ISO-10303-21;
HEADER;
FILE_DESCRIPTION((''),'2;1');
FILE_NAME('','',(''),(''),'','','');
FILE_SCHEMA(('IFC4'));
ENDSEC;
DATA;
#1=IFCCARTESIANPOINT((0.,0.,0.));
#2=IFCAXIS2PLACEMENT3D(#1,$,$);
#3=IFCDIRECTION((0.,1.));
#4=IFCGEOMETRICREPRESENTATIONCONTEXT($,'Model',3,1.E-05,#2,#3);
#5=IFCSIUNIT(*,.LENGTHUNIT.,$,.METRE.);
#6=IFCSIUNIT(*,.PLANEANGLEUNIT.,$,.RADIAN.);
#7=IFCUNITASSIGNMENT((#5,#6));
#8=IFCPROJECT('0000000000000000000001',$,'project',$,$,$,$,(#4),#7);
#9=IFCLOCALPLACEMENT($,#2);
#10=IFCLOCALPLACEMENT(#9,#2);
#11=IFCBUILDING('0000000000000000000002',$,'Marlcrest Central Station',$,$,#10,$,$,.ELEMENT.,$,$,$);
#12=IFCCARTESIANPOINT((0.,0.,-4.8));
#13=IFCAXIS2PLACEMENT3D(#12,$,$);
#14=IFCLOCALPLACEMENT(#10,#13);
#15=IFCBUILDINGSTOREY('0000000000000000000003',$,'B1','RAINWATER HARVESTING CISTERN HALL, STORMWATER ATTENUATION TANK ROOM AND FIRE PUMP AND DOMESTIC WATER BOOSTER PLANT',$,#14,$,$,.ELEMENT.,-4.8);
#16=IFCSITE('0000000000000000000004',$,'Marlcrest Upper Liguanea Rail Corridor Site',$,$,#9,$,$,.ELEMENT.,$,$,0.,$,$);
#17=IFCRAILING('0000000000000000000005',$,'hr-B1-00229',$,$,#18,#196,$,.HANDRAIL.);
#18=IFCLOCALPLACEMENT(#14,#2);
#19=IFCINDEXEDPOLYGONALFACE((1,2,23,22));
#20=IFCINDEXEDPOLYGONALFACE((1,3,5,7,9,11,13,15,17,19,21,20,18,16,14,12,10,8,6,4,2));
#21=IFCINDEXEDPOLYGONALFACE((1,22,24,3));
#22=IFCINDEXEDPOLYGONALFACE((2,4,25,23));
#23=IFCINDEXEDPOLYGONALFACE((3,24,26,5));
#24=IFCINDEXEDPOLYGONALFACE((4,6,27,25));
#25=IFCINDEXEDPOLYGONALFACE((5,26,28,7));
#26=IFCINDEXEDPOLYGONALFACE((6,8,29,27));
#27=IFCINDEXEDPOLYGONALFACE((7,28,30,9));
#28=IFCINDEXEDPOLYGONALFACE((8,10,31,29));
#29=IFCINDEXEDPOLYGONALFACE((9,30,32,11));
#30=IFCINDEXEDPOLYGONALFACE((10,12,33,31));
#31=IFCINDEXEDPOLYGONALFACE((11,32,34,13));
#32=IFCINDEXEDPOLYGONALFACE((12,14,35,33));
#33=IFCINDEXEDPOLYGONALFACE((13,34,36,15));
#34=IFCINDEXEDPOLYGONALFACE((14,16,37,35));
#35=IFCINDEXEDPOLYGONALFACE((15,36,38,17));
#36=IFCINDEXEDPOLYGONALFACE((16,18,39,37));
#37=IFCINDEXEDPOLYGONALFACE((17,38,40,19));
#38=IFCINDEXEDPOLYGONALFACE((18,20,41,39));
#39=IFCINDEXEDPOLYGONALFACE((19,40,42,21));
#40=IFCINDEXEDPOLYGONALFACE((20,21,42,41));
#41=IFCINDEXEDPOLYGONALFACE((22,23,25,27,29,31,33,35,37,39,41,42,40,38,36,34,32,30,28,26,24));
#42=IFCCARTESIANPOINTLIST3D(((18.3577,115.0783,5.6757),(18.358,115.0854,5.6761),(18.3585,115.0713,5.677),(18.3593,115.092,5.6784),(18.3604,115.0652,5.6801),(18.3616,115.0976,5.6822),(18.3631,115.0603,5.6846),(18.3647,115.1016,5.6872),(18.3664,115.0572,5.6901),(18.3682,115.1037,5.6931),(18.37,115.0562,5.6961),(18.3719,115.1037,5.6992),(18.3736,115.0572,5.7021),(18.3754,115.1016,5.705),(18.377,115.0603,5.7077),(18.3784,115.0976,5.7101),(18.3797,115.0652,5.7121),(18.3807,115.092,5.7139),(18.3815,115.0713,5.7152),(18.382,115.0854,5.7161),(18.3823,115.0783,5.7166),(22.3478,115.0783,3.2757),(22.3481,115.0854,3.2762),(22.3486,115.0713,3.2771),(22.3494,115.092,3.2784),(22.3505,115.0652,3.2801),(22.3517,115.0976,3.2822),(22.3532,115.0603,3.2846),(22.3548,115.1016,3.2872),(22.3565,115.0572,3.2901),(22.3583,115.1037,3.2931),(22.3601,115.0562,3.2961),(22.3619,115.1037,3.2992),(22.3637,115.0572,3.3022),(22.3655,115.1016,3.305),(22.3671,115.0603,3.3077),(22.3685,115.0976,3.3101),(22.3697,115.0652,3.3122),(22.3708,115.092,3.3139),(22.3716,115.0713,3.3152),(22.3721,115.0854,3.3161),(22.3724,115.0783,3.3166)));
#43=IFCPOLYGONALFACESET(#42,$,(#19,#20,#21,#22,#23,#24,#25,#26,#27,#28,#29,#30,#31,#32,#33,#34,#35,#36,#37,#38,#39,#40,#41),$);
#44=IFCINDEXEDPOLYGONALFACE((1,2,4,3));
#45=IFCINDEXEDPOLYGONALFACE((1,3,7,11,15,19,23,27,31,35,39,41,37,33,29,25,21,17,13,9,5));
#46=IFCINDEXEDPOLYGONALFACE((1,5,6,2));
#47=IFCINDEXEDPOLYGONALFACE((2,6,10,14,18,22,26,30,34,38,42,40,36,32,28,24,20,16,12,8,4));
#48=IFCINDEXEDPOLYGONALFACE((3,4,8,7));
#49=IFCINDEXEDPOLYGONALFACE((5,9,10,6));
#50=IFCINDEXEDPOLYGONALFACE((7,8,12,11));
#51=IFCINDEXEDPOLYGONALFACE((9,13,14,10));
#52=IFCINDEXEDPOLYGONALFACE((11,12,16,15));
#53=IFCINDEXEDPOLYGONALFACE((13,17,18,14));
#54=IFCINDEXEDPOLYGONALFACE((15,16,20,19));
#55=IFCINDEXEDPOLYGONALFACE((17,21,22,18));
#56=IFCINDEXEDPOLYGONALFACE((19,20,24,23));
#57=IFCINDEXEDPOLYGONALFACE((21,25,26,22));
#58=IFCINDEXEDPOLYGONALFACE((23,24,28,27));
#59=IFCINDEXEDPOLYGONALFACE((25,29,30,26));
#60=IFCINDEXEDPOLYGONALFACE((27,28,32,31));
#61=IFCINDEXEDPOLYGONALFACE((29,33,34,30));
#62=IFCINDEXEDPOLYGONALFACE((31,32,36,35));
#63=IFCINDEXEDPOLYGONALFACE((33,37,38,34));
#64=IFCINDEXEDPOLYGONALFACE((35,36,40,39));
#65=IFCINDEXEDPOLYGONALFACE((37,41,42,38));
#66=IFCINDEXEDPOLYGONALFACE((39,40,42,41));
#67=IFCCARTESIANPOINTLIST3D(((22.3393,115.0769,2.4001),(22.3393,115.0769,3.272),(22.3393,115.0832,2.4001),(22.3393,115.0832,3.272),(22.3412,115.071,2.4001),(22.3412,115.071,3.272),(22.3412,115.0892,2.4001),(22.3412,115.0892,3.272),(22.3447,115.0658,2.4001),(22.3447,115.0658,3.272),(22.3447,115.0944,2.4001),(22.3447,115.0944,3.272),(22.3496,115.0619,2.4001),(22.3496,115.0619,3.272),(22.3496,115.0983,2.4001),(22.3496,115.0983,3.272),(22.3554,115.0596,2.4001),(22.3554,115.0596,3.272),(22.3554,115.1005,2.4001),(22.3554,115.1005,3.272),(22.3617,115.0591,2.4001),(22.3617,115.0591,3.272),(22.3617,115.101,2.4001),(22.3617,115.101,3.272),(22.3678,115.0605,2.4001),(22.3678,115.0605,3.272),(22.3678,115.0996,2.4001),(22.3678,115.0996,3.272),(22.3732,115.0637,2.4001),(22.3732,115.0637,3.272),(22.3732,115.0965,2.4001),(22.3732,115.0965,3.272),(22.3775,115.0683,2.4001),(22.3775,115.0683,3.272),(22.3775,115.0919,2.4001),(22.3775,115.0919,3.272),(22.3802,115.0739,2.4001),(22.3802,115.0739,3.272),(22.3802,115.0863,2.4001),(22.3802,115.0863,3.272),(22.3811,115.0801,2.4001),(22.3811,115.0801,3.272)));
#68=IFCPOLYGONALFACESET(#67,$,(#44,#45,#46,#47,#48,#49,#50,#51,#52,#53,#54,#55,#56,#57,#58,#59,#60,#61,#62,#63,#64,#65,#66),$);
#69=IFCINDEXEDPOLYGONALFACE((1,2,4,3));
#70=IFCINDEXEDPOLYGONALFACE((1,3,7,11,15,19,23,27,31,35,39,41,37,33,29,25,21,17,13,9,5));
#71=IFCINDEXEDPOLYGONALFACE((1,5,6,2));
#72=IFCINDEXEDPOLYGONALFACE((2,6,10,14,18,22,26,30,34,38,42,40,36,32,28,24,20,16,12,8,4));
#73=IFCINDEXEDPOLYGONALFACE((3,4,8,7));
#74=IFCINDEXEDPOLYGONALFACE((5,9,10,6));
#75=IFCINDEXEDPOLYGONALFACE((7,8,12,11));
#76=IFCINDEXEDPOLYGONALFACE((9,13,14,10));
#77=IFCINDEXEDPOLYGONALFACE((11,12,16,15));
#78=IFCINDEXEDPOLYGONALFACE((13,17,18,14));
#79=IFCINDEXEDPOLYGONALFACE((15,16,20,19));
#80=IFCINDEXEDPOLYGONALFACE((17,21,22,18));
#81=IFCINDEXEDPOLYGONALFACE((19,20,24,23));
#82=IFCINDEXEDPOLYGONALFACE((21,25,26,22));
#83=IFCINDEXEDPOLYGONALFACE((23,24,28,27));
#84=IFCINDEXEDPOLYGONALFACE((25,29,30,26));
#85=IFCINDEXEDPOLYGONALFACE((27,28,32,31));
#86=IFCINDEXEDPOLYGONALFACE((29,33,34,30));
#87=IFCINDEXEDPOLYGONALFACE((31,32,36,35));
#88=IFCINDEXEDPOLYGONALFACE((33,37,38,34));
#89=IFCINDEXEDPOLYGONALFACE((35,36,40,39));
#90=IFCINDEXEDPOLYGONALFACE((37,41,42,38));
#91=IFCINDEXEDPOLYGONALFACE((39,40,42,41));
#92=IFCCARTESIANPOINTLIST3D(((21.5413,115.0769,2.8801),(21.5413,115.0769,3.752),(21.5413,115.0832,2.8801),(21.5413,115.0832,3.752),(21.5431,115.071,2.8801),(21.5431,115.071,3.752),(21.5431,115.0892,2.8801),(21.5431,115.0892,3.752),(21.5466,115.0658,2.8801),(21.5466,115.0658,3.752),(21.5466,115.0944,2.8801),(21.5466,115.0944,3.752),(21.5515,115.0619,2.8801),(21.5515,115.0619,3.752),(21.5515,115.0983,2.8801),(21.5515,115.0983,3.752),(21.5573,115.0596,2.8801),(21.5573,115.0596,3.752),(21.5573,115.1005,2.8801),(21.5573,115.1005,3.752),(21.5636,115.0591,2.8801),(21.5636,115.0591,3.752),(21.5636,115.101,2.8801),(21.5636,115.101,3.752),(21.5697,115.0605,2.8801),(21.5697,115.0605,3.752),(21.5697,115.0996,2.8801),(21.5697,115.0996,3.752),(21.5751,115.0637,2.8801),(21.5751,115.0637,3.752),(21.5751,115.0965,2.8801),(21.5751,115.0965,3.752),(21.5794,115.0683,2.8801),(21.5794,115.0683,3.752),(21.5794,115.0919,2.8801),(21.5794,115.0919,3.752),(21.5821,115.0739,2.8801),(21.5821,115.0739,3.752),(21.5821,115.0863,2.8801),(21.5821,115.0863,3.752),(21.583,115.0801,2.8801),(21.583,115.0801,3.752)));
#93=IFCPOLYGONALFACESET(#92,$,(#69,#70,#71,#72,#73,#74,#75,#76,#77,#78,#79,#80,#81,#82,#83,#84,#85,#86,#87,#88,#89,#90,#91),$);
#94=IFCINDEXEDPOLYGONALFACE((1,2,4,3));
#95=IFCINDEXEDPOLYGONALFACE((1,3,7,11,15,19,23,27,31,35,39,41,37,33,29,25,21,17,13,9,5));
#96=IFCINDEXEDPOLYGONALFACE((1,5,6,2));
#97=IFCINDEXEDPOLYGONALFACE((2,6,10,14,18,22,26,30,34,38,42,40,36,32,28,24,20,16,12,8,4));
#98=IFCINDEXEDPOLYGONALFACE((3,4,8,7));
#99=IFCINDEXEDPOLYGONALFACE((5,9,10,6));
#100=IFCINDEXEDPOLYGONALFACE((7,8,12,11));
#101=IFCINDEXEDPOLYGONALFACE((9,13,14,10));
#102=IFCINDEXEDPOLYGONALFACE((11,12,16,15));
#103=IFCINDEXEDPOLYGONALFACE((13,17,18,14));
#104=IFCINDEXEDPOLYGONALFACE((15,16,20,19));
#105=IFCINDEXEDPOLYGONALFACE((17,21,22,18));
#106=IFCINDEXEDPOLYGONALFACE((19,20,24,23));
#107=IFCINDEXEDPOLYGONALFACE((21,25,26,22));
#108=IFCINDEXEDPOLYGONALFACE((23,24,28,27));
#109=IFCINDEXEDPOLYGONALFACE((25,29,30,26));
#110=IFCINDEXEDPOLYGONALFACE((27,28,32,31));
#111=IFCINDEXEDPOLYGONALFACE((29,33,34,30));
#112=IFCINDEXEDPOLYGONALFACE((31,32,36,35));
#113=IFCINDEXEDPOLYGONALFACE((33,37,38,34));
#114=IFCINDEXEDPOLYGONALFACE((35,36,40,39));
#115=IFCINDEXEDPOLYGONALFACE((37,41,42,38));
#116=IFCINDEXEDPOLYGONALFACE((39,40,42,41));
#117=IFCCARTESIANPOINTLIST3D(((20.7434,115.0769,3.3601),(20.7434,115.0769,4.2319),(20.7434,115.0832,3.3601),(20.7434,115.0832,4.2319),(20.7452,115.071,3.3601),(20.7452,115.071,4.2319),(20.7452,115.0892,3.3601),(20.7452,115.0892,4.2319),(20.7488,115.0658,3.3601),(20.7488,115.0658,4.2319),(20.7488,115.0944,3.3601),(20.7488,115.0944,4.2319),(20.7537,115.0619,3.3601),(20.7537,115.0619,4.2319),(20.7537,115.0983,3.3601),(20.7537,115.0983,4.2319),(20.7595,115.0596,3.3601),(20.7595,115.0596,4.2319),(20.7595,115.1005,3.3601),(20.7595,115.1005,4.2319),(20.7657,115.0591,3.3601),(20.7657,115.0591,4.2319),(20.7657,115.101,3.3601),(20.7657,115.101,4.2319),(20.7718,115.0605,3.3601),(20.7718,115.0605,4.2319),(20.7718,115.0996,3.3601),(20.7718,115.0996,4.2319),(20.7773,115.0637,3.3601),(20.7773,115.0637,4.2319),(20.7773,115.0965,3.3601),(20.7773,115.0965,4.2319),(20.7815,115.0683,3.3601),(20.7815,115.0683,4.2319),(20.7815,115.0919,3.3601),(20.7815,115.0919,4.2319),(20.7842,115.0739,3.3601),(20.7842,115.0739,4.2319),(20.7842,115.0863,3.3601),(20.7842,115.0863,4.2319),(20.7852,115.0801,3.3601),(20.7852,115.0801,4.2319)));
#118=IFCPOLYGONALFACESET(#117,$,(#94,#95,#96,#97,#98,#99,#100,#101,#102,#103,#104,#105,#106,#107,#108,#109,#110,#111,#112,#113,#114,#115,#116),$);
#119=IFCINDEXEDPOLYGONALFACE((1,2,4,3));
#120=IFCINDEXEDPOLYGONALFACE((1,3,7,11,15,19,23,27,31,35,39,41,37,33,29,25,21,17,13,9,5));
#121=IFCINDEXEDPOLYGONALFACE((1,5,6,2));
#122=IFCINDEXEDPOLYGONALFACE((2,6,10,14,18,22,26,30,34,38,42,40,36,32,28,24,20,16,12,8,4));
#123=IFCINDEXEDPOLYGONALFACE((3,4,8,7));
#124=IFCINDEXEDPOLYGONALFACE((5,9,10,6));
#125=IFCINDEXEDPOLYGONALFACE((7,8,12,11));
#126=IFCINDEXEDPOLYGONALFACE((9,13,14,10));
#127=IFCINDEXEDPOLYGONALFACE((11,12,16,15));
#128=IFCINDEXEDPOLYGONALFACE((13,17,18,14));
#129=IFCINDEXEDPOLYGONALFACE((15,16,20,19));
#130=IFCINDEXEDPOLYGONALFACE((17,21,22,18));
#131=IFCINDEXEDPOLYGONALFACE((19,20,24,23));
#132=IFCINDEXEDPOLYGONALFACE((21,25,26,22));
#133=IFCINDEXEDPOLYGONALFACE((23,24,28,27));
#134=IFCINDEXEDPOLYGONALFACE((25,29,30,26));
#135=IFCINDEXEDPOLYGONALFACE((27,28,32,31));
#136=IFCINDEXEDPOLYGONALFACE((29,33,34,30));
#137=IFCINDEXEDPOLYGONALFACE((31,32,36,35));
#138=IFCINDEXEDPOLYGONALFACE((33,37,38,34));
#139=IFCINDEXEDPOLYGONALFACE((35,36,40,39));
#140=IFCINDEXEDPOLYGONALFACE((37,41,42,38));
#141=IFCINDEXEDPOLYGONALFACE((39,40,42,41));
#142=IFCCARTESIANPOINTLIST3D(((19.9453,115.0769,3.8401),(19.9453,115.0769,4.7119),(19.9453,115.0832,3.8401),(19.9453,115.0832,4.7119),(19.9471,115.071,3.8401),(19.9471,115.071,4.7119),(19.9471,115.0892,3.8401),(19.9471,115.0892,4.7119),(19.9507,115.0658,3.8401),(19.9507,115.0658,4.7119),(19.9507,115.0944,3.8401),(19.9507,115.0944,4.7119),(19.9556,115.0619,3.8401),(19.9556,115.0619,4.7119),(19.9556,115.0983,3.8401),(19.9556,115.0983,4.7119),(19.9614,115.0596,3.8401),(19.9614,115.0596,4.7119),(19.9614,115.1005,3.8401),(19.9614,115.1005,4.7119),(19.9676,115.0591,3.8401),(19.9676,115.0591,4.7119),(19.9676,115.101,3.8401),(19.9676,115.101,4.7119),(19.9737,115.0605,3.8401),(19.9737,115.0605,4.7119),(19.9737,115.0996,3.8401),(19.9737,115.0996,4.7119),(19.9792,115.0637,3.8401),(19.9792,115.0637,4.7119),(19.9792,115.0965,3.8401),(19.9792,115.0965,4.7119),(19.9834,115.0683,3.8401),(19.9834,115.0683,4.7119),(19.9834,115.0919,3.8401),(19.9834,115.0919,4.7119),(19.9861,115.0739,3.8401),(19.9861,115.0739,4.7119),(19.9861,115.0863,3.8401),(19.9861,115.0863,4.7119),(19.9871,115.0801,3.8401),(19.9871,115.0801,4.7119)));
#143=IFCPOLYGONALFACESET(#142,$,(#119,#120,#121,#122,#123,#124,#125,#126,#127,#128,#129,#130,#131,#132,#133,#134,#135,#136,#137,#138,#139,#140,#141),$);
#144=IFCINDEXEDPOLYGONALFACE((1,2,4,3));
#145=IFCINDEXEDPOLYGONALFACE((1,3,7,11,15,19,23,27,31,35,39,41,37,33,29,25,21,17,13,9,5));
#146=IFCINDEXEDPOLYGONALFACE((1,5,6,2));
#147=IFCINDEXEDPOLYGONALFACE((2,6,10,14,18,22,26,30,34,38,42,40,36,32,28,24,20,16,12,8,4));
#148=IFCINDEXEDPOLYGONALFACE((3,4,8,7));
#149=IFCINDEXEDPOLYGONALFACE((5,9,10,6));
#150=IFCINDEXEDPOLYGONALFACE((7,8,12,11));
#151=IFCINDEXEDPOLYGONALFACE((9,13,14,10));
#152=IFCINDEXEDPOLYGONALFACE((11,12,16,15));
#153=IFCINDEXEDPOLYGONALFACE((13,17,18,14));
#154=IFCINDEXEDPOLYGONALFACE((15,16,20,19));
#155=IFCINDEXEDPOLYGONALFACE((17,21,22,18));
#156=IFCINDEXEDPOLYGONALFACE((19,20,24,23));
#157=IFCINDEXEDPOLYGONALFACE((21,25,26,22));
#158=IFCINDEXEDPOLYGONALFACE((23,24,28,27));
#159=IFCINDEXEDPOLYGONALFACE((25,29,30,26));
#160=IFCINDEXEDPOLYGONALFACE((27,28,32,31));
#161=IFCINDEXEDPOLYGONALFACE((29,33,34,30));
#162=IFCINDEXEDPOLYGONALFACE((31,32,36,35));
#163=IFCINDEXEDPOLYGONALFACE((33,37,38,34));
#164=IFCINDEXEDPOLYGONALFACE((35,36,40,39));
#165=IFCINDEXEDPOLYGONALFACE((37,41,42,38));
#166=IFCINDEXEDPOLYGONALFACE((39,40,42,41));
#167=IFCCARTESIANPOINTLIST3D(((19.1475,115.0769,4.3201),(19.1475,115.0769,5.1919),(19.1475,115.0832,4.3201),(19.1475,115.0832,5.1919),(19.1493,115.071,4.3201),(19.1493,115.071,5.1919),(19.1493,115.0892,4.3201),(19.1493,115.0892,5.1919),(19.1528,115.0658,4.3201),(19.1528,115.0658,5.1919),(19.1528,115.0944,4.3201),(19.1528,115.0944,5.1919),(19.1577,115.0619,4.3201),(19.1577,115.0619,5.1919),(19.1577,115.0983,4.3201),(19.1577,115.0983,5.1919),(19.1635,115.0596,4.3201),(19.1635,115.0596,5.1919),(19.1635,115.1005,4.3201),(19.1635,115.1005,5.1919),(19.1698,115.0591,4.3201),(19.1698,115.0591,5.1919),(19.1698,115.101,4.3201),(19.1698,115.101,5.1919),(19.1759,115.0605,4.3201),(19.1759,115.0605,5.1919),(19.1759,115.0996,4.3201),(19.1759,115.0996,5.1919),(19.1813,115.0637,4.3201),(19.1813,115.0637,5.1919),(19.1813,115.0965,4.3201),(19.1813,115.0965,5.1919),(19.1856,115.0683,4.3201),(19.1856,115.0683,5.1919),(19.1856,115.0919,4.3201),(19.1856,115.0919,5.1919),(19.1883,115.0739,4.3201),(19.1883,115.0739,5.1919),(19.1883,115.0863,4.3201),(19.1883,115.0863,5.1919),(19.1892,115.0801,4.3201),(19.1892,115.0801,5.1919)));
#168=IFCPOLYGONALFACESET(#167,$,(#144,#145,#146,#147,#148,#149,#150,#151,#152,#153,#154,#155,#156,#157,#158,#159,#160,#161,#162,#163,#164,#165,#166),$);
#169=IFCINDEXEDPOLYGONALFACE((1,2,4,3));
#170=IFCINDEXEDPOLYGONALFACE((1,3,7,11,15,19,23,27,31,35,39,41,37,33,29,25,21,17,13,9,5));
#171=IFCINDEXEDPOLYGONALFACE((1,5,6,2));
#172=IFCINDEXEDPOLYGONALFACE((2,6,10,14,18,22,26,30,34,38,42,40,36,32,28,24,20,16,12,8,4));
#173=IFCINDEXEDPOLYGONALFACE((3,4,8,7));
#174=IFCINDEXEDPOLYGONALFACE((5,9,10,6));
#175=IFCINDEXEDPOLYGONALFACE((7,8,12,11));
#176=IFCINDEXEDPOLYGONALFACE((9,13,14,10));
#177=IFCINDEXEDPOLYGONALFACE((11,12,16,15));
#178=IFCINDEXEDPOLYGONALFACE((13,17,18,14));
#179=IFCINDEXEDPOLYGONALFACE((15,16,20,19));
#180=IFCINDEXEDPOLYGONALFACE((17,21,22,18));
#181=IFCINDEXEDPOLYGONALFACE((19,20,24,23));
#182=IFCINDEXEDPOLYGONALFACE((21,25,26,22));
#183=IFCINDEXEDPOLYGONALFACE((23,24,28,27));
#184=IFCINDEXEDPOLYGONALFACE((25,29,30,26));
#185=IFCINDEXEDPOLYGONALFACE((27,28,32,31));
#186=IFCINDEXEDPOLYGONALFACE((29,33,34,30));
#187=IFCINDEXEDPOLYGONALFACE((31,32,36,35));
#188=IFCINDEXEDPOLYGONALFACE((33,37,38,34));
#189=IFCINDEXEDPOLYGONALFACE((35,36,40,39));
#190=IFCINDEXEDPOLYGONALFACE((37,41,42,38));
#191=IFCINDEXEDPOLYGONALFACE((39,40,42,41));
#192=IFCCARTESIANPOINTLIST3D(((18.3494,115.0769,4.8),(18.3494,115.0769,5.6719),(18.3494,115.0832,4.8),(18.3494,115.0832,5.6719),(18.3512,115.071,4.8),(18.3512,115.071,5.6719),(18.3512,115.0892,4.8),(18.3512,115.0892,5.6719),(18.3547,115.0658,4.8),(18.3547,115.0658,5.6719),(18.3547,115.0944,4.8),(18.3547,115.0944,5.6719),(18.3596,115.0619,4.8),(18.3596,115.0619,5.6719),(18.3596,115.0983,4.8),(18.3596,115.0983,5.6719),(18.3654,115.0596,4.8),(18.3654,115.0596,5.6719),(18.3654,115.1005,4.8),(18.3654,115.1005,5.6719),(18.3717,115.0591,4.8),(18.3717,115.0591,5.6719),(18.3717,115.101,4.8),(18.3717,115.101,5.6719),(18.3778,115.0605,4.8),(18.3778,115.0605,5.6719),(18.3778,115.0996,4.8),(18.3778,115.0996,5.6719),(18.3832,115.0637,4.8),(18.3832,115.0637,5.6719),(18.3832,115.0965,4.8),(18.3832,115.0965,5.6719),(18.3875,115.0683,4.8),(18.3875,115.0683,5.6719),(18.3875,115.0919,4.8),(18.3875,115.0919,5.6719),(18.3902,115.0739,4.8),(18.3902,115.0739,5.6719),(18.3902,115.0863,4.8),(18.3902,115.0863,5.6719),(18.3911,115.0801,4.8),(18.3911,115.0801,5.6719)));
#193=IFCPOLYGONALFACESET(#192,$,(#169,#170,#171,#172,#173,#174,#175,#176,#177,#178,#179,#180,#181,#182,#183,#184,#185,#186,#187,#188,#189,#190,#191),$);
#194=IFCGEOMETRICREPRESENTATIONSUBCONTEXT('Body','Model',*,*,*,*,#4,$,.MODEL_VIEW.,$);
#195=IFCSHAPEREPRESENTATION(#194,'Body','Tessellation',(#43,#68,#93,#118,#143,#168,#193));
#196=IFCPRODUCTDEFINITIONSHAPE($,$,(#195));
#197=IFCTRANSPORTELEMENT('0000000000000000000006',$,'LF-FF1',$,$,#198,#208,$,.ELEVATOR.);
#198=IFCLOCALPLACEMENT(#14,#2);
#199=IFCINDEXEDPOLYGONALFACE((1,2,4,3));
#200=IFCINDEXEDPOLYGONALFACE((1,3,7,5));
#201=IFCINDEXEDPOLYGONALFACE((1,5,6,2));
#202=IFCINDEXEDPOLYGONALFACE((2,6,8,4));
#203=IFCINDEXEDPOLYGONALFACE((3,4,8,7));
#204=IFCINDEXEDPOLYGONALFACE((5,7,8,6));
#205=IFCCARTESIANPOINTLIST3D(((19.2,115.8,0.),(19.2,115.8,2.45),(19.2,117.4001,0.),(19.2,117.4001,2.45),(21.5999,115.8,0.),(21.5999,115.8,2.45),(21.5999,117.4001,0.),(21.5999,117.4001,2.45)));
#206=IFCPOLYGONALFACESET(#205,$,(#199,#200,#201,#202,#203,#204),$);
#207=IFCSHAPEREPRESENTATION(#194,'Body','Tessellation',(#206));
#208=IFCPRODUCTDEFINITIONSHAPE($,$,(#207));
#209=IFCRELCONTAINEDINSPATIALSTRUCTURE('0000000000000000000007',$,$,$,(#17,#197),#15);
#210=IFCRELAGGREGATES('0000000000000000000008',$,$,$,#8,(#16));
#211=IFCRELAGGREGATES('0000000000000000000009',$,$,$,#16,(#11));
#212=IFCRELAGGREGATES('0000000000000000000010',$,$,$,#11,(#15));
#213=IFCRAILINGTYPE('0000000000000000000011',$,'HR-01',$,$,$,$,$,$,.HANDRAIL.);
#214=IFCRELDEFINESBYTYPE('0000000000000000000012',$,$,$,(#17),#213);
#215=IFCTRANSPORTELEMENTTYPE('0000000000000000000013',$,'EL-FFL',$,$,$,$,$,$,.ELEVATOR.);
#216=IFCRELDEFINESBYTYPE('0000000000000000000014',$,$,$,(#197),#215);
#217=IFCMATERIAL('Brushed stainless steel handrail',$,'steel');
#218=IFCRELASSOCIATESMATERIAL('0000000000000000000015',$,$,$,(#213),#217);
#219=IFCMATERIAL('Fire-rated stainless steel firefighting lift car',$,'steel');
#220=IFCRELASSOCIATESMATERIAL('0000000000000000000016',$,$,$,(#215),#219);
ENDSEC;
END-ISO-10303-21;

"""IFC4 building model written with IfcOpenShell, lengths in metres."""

from ifc_helpers import new_model, si_unit, direction, frame, origin, origin_2d, place, context, subcontext, project, spatial, rectangle, circle, extrude, material, type_object, element, save


model = new_model("IFC4")

# Units and contexts
model_context = context("Model", 3, precision=1e-05, world=origin(), true_north=direction((0.0, 1.0)))
body_context = subcontext(model_context, "Body", "Model", "MODEL_VIEW")
ifc_project = project(units=[si_unit("LENGTHUNIT", "METRE"), si_unit("PLANEANGLEUNIT", "RADIAN")], contexts=[model_context])

# Site, building, storey
site_placement = place(None, origin())
site = spatial("IfcSite", under=ifc_project, at=site_placement, Name="Marlcrest Upper Liguanea Rail Corridor Site", CompositionType="ELEMENT", RefElevation=0.0)
building_placement = place(site_placement, origin())
building = spatial("IfcBuilding", under=site, at=building_placement, Name="Marlcrest Central Station", CompositionType="ELEMENT")
storey_placement = place(building_placement, frame((0.0, 0.0, -4.8)))
storey = spatial("IfcBuildingStorey", under=building, at=storey_placement, Name="B1", Description="RAINWATER HARVESTING CISTERN HALL, STORMWATER ATTENUATION TANK ROOM AND FIRE PUMP AND DOMESTIC WATER BOOSTER PLANT", CompositionType="ELEMENT", Elevation=-4.8)

# Railing
ifc_material_1 = material(Name="Brushed stainless steel handrail", Category="steel")
railing_type = type_object("IfcRailingType", Name="HR-01", PredefinedType="HANDRAIL", material=ifc_material_1)
for number, where, name in (
    (1, (22.3601, 115.0801, 2.4001), "hr-B1-00229"),
):
    element("IfcRailing", number, at=place(storey_placement, frame(where)), inside=storey, type_object=railing_type, Name=name, PredefinedType="HANDRAIL", context=body_context, shape_type="SweptSolid", body=[
        extrude(circle(Radius=0.0239, at=origin_2d()), frame((0.0, 0.0, 0.896), z_axis=(-0.856933, 0.0, 0.515428), x_axis=(0.0, -1.0, 0.0)), (0.0, 0.0, 1.0), 4.6562),
        extrude(circle(Radius=0.021, at=origin_2d()), origin(), (0.0, 0.0, 1.0), 0.8718),
        extrude(circle(Radius=0.021, at=origin_2d()), frame((-0.7981, 0.0, 0.48)), (0.0, 0.0, 1.0), 0.8718),
        extrude(circle(Radius=0.021, at=origin_2d()), frame((-1.5959, 0.0, 0.96)), (0.0, 0.0, 1.0), 0.8718),
        extrude(circle(Radius=0.021, at=origin_2d()), frame((-2.394, 0.0, 1.4399)), (0.0, 0.0, 1.0), 0.8718),
        extrude(circle(Radius=0.021, at=origin_2d()), frame((-3.1919, 0.0, 1.9199)), (0.0, 0.0, 1.0), 0.8718),
        extrude(circle(Radius=0.021, at=origin_2d()), frame((-3.99, 0.0, 2.3999)), (0.0, 0.0, 1.0), 0.8718),
    ])

# Transport element
ifc_material_2 = material(Name="Fire-rated stainless steel firefighting lift car", Category="steel")
transport_element_type = type_object("IfcTransportElementType", Name="EL-FFL", PredefinedType="ELEVATOR", material=ifc_material_2)
transport_element_placement = place(storey_placement, frame((20.3999, 116.6001, 0.0), z_axis=(0.0, 0.0, 1.0), x_axis=(1.0, 0.0, 0.0)))
element("IfcTransportElement", 2, at=transport_element_placement, inside=storey, type_object=transport_element_type, Name="LF-FF1", PredefinedType="ELEVATOR", context=body_context, shape_type="SweptSolid", body=[
    extrude(rectangle(XDim=2.3999, YDim=1.6001, at=origin_2d()), origin(), (0.0, 0.0, 1.0), 2.45),
])

save(model, "model.ifc")
